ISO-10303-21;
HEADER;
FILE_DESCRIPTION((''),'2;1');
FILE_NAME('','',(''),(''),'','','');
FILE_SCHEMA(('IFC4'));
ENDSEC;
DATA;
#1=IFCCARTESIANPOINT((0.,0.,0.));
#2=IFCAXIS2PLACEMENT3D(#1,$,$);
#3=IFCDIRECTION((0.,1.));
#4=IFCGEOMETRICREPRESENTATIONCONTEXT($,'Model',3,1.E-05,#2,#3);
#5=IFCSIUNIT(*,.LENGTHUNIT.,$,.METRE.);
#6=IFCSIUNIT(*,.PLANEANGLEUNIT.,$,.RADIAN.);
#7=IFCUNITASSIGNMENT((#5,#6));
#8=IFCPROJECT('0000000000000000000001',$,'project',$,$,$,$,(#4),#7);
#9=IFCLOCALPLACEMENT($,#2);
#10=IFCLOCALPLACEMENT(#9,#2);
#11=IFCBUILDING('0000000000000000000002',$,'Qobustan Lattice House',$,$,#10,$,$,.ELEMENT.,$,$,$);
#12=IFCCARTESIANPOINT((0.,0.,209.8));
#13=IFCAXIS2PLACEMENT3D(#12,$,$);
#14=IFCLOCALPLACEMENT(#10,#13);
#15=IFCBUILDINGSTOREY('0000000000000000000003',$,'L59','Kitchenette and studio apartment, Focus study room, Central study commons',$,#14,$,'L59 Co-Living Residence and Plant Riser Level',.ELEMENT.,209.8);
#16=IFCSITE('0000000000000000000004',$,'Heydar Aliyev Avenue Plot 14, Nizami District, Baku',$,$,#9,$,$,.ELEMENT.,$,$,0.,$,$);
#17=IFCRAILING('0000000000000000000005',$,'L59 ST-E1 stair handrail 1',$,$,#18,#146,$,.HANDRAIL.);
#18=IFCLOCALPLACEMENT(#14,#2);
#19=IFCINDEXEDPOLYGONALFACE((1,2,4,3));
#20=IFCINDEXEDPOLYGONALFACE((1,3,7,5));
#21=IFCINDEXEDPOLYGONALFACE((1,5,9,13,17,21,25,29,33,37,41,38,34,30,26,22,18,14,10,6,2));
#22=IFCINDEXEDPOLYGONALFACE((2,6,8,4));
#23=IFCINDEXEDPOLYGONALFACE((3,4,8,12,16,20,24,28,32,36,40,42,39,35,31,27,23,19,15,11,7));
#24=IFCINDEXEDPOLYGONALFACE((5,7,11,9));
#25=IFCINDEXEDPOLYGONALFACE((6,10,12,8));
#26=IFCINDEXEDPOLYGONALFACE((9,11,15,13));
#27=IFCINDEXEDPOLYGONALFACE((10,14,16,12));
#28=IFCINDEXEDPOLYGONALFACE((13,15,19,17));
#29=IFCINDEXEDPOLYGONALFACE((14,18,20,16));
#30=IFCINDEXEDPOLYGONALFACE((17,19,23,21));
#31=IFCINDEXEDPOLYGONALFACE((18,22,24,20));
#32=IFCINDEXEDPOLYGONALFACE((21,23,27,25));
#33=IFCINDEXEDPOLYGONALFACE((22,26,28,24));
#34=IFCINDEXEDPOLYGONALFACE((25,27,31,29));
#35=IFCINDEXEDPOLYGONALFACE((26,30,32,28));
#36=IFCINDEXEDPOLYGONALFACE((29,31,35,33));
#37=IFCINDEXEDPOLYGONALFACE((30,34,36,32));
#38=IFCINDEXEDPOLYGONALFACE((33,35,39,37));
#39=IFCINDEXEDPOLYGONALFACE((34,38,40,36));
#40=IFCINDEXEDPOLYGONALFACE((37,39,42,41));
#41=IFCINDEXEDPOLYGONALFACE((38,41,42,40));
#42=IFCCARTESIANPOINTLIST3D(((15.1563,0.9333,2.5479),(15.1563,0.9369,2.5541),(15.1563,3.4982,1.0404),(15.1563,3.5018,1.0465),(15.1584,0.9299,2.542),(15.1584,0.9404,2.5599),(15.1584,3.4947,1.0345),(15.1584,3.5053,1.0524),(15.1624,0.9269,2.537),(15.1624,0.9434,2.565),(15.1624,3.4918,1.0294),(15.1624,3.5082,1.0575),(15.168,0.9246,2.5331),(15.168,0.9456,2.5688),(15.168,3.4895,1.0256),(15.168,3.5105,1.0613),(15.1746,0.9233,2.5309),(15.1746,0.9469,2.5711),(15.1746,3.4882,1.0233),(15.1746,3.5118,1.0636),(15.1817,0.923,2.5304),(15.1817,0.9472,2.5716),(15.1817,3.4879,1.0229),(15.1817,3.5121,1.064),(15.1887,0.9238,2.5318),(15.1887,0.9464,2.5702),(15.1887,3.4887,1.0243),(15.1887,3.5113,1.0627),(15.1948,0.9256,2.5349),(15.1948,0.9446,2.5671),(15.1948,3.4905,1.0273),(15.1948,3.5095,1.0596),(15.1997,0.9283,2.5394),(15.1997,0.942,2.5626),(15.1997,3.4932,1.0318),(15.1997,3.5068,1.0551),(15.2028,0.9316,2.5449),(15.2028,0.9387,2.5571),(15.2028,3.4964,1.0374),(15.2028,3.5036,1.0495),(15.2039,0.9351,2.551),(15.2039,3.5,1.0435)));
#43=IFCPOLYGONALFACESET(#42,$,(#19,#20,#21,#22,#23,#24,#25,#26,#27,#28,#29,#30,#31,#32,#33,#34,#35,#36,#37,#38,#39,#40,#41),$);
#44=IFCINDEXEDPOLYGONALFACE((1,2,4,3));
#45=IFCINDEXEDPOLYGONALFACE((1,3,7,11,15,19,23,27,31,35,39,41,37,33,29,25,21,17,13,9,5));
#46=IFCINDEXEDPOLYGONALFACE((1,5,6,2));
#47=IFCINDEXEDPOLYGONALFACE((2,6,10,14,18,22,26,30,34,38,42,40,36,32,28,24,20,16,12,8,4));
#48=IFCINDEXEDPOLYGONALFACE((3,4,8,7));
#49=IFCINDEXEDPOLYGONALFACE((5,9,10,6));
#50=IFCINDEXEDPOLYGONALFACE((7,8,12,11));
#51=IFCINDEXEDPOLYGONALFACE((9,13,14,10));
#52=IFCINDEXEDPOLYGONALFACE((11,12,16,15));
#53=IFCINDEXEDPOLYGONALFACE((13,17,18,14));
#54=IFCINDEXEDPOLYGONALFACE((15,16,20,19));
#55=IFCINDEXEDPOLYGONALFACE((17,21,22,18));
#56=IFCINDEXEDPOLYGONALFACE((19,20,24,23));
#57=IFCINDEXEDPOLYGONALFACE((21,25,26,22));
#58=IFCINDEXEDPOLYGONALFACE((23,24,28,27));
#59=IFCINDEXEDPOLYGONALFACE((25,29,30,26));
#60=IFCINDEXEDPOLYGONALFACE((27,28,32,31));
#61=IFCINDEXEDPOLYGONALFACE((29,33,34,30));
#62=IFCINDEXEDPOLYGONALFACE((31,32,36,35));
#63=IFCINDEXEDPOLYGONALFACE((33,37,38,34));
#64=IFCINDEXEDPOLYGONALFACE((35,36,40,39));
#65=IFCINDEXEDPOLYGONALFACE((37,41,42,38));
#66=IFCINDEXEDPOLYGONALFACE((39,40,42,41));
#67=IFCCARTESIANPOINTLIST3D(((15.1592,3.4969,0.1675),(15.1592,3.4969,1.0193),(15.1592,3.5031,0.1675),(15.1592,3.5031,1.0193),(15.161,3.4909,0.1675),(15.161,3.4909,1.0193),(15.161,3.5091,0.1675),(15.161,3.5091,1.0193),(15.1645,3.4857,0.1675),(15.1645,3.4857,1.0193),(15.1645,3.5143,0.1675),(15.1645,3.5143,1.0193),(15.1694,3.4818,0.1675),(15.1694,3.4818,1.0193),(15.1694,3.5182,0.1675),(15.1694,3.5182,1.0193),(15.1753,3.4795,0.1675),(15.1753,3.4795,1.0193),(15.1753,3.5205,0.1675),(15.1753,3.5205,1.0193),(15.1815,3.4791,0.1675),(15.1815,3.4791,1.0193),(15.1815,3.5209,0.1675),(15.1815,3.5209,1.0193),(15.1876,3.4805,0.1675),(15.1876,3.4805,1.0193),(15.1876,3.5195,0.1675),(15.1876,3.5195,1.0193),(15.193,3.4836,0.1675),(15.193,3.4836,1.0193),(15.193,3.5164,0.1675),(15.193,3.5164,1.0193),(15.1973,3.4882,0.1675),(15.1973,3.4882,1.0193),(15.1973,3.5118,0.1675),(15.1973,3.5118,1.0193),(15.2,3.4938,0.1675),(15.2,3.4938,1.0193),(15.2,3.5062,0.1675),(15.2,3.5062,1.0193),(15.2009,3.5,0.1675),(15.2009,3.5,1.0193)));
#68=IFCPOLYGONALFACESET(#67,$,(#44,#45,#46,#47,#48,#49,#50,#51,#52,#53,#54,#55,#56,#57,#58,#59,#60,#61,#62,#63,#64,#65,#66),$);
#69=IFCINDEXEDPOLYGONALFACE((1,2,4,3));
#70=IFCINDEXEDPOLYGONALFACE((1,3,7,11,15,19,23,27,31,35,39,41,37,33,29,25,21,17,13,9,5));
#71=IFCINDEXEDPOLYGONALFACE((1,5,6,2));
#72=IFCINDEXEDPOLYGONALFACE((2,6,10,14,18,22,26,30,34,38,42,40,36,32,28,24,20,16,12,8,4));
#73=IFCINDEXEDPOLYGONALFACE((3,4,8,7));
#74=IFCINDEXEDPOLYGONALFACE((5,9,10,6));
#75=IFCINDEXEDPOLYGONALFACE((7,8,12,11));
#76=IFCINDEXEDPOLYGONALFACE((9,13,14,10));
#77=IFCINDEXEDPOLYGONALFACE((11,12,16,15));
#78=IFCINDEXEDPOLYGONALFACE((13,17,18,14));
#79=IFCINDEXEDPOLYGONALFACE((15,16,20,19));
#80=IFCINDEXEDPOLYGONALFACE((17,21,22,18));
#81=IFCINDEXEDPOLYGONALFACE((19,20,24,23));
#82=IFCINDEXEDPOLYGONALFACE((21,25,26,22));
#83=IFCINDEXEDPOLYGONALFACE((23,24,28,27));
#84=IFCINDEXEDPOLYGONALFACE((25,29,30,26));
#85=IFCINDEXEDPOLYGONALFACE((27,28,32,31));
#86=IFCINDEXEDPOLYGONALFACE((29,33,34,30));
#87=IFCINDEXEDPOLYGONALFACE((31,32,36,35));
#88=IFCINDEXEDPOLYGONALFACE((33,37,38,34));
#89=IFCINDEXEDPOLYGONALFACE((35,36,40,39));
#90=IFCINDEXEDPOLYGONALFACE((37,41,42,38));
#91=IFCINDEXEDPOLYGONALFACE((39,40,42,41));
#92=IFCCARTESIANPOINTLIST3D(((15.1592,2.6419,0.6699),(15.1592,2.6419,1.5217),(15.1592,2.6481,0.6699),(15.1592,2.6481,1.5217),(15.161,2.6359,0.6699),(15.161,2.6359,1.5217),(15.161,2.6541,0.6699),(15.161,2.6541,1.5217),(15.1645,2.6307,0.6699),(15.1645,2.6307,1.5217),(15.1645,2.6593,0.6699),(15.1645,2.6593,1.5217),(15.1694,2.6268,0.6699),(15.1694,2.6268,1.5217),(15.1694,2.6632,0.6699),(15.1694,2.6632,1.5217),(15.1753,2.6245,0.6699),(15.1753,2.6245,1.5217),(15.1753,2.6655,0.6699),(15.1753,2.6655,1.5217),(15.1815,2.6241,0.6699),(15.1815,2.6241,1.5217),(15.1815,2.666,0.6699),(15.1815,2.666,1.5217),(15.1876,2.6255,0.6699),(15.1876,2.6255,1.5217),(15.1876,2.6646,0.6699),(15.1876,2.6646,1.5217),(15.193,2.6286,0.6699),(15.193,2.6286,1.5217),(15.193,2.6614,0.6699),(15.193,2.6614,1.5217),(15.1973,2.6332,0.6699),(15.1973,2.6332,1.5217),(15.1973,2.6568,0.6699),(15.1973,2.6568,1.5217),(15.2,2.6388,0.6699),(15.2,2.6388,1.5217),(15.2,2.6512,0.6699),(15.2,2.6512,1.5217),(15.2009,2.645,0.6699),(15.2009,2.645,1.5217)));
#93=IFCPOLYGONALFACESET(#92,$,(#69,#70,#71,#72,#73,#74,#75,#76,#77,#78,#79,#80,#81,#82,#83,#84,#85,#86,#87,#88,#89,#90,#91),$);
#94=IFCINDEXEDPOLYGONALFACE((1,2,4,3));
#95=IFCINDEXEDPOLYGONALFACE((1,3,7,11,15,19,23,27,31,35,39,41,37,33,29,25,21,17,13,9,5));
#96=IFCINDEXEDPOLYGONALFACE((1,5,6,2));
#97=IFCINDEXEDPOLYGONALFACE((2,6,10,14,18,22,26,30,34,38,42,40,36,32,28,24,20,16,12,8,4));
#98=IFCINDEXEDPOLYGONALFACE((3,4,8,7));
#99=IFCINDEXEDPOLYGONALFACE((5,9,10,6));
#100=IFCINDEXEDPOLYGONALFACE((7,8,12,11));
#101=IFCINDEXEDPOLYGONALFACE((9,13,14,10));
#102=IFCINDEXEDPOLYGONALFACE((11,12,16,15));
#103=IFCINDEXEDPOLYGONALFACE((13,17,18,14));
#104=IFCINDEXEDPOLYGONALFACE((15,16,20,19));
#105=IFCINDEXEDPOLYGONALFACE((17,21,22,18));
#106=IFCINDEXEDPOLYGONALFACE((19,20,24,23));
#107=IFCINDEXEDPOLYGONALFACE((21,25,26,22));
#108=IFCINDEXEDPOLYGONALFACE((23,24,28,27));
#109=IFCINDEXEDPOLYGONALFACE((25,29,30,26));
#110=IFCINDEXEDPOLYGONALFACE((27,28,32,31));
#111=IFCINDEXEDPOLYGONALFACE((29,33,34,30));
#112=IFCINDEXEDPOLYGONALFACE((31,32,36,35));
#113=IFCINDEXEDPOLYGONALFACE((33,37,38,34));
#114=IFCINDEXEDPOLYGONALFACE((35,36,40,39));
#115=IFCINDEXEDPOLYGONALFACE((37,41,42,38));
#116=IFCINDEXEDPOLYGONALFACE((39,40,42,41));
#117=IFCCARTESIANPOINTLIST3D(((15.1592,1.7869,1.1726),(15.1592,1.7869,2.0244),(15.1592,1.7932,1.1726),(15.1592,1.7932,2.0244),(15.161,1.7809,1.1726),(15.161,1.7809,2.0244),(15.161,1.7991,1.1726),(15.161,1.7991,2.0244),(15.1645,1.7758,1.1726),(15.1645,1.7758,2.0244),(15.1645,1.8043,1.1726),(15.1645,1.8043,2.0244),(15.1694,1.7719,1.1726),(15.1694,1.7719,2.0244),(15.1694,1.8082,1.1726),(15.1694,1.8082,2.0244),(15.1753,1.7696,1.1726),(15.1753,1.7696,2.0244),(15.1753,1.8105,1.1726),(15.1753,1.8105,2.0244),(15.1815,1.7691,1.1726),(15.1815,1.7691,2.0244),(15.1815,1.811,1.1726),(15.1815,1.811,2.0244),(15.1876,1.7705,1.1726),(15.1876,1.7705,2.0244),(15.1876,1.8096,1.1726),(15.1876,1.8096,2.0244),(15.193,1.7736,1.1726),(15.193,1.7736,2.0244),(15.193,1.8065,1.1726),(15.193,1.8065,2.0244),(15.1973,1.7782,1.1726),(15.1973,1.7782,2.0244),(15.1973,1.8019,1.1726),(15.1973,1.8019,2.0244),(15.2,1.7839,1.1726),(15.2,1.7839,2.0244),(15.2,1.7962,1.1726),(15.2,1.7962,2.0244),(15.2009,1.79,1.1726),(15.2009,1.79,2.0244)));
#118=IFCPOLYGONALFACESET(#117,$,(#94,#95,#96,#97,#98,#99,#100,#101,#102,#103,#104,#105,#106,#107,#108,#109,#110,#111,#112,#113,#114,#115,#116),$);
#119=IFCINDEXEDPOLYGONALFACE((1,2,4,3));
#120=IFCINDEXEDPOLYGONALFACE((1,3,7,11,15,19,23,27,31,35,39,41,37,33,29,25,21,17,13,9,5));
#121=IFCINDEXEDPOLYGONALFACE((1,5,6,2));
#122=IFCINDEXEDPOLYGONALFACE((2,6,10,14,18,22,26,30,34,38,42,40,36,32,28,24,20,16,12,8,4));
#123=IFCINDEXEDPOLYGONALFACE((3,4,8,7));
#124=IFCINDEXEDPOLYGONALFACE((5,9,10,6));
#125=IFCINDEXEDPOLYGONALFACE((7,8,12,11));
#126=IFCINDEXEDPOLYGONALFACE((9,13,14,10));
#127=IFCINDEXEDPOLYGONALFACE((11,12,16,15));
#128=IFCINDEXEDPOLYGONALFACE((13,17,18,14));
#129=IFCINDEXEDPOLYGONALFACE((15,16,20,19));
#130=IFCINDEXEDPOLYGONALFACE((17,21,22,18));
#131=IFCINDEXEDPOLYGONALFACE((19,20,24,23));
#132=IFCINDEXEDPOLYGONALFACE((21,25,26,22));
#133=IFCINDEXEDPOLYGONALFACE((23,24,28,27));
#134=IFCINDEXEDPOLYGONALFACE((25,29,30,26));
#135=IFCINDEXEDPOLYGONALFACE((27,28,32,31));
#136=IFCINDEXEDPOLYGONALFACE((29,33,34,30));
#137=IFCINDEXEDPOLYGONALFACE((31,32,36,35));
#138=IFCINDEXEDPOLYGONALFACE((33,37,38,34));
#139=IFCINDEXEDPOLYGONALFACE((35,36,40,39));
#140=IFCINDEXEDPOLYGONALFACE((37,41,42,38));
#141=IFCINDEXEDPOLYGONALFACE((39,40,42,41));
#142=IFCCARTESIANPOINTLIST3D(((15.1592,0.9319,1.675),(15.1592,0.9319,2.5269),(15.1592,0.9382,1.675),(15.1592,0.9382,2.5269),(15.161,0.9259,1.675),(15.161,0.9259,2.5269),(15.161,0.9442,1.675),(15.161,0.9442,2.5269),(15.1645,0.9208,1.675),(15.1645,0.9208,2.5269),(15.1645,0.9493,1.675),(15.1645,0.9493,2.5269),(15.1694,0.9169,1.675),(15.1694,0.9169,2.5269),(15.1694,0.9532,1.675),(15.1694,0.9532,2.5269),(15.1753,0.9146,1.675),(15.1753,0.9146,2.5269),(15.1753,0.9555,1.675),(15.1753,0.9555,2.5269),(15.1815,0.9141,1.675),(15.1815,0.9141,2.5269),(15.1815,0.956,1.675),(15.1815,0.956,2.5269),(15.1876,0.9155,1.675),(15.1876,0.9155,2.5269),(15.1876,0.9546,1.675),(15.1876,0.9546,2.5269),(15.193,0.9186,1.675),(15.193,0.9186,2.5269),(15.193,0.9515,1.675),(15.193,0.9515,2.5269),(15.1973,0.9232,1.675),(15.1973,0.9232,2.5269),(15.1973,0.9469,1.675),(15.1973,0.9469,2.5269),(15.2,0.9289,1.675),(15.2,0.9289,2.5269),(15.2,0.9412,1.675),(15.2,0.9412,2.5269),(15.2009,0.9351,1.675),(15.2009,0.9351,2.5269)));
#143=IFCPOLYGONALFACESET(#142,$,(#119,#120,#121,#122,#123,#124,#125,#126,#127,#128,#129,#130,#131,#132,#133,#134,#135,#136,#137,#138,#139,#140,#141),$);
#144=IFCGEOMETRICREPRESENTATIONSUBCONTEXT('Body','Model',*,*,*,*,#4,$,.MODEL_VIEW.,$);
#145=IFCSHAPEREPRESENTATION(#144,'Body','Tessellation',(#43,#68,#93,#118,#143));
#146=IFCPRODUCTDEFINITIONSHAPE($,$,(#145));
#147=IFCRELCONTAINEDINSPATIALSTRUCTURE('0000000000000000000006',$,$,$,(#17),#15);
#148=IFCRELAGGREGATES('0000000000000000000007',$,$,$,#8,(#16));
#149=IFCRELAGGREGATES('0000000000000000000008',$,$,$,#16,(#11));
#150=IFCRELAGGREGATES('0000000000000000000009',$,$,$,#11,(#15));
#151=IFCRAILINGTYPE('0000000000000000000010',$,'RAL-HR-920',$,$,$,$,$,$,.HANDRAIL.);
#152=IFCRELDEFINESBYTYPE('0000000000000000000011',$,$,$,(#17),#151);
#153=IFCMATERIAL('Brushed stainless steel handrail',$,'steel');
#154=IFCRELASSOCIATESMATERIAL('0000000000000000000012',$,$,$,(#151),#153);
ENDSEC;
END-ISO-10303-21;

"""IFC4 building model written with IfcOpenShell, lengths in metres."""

from ifc_helpers import new_model, si_unit, direction, frame, origin, origin_2d, place, context, subcontext, project, spatial, circle, extrude, material, type_object, element, save


model = new_model("IFC4")

# Units and contexts
model_context = context("Model", 3, precision=1e-05, world=origin(), true_north=direction((0.0, 1.0)))
body_context = subcontext(model_context, "Body", "Model", "MODEL_VIEW")
ifc_project = project(units=[si_unit("LENGTHUNIT", "METRE"), si_unit("PLANEANGLEUNIT", "RADIAN")], contexts=[model_context])

# Site, building, storey
site_placement = place(None, origin())
site = spatial("IfcSite", under=ifc_project, at=site_placement, Name="Heydar Aliyev Avenue Plot 14, Nizami District, Baku", CompositionType="ELEMENT", RefElevation=0.0)
building_placement = place(site_placement, origin())
building = spatial("IfcBuilding", under=site, at=building_placement, Name="Qobustan Lattice House", CompositionType="ELEMENT")
storey_placement = place(building_placement, frame((0.0, 0.0, 209.8)))
storey = spatial("IfcBuildingStorey", under=building, at=storey_placement, Name="L59", Description="Kitchenette and studio apartment, Focus study room, Central study commons", LongName="L59 Co-Living Residence and Plant Riser Level", CompositionType="ELEMENT", Elevation=209.8)

# Railing
ifc_material_1 = material(Name="Brushed stainless steel handrail", Category="steel")
railing_type = type_object("IfcRailingType", Name="RAL-HR-920", PredefinedType="HANDRAIL", material=ifc_material_1)
railing_placement = place(storey_placement, frame((15.1799, 3.5, 0.1675)))
element("IfcRailing", 1, at=railing_placement, inside=storey, type_object=railing_type, Name="L59 ST-E1 stair handrail 1", PredefinedType="HANDRAIL", context=body_context, shape_type="SweptSolid", body=[
    extrude(circle(Radius=0.0239, at=origin_2d()), frame((0.0, 0.0, 0.876), z_axis=(0.0, -0.862113, 0.506715), x_axis=(1.0, 0.0, 0.0)), (0.0, 0.0, 1.0), 2.9751),
    extrude(circle(Radius=0.021, at=origin_2d()), origin(), (0.0, 0.0, 1.0), 0.8518),
    extrude(circle(Radius=0.021, at=origin_2d()), frame((0.0, -0.855, 0.5024)), (0.0, 0.0, 1.0), 0.8518),
    extrude(circle(Radius=0.021, at=origin_2d()), frame((0.0, -1.71, 1.0051)), (0.0, 0.0, 1.0), 0.8518),
    extrude(circle(Radius=0.021, at=origin_2d()), frame((0.0, -2.5649, 1.5076)), (0.0, 0.0, 1.0), 0.8518),
])

save(model, "model.ifc")
